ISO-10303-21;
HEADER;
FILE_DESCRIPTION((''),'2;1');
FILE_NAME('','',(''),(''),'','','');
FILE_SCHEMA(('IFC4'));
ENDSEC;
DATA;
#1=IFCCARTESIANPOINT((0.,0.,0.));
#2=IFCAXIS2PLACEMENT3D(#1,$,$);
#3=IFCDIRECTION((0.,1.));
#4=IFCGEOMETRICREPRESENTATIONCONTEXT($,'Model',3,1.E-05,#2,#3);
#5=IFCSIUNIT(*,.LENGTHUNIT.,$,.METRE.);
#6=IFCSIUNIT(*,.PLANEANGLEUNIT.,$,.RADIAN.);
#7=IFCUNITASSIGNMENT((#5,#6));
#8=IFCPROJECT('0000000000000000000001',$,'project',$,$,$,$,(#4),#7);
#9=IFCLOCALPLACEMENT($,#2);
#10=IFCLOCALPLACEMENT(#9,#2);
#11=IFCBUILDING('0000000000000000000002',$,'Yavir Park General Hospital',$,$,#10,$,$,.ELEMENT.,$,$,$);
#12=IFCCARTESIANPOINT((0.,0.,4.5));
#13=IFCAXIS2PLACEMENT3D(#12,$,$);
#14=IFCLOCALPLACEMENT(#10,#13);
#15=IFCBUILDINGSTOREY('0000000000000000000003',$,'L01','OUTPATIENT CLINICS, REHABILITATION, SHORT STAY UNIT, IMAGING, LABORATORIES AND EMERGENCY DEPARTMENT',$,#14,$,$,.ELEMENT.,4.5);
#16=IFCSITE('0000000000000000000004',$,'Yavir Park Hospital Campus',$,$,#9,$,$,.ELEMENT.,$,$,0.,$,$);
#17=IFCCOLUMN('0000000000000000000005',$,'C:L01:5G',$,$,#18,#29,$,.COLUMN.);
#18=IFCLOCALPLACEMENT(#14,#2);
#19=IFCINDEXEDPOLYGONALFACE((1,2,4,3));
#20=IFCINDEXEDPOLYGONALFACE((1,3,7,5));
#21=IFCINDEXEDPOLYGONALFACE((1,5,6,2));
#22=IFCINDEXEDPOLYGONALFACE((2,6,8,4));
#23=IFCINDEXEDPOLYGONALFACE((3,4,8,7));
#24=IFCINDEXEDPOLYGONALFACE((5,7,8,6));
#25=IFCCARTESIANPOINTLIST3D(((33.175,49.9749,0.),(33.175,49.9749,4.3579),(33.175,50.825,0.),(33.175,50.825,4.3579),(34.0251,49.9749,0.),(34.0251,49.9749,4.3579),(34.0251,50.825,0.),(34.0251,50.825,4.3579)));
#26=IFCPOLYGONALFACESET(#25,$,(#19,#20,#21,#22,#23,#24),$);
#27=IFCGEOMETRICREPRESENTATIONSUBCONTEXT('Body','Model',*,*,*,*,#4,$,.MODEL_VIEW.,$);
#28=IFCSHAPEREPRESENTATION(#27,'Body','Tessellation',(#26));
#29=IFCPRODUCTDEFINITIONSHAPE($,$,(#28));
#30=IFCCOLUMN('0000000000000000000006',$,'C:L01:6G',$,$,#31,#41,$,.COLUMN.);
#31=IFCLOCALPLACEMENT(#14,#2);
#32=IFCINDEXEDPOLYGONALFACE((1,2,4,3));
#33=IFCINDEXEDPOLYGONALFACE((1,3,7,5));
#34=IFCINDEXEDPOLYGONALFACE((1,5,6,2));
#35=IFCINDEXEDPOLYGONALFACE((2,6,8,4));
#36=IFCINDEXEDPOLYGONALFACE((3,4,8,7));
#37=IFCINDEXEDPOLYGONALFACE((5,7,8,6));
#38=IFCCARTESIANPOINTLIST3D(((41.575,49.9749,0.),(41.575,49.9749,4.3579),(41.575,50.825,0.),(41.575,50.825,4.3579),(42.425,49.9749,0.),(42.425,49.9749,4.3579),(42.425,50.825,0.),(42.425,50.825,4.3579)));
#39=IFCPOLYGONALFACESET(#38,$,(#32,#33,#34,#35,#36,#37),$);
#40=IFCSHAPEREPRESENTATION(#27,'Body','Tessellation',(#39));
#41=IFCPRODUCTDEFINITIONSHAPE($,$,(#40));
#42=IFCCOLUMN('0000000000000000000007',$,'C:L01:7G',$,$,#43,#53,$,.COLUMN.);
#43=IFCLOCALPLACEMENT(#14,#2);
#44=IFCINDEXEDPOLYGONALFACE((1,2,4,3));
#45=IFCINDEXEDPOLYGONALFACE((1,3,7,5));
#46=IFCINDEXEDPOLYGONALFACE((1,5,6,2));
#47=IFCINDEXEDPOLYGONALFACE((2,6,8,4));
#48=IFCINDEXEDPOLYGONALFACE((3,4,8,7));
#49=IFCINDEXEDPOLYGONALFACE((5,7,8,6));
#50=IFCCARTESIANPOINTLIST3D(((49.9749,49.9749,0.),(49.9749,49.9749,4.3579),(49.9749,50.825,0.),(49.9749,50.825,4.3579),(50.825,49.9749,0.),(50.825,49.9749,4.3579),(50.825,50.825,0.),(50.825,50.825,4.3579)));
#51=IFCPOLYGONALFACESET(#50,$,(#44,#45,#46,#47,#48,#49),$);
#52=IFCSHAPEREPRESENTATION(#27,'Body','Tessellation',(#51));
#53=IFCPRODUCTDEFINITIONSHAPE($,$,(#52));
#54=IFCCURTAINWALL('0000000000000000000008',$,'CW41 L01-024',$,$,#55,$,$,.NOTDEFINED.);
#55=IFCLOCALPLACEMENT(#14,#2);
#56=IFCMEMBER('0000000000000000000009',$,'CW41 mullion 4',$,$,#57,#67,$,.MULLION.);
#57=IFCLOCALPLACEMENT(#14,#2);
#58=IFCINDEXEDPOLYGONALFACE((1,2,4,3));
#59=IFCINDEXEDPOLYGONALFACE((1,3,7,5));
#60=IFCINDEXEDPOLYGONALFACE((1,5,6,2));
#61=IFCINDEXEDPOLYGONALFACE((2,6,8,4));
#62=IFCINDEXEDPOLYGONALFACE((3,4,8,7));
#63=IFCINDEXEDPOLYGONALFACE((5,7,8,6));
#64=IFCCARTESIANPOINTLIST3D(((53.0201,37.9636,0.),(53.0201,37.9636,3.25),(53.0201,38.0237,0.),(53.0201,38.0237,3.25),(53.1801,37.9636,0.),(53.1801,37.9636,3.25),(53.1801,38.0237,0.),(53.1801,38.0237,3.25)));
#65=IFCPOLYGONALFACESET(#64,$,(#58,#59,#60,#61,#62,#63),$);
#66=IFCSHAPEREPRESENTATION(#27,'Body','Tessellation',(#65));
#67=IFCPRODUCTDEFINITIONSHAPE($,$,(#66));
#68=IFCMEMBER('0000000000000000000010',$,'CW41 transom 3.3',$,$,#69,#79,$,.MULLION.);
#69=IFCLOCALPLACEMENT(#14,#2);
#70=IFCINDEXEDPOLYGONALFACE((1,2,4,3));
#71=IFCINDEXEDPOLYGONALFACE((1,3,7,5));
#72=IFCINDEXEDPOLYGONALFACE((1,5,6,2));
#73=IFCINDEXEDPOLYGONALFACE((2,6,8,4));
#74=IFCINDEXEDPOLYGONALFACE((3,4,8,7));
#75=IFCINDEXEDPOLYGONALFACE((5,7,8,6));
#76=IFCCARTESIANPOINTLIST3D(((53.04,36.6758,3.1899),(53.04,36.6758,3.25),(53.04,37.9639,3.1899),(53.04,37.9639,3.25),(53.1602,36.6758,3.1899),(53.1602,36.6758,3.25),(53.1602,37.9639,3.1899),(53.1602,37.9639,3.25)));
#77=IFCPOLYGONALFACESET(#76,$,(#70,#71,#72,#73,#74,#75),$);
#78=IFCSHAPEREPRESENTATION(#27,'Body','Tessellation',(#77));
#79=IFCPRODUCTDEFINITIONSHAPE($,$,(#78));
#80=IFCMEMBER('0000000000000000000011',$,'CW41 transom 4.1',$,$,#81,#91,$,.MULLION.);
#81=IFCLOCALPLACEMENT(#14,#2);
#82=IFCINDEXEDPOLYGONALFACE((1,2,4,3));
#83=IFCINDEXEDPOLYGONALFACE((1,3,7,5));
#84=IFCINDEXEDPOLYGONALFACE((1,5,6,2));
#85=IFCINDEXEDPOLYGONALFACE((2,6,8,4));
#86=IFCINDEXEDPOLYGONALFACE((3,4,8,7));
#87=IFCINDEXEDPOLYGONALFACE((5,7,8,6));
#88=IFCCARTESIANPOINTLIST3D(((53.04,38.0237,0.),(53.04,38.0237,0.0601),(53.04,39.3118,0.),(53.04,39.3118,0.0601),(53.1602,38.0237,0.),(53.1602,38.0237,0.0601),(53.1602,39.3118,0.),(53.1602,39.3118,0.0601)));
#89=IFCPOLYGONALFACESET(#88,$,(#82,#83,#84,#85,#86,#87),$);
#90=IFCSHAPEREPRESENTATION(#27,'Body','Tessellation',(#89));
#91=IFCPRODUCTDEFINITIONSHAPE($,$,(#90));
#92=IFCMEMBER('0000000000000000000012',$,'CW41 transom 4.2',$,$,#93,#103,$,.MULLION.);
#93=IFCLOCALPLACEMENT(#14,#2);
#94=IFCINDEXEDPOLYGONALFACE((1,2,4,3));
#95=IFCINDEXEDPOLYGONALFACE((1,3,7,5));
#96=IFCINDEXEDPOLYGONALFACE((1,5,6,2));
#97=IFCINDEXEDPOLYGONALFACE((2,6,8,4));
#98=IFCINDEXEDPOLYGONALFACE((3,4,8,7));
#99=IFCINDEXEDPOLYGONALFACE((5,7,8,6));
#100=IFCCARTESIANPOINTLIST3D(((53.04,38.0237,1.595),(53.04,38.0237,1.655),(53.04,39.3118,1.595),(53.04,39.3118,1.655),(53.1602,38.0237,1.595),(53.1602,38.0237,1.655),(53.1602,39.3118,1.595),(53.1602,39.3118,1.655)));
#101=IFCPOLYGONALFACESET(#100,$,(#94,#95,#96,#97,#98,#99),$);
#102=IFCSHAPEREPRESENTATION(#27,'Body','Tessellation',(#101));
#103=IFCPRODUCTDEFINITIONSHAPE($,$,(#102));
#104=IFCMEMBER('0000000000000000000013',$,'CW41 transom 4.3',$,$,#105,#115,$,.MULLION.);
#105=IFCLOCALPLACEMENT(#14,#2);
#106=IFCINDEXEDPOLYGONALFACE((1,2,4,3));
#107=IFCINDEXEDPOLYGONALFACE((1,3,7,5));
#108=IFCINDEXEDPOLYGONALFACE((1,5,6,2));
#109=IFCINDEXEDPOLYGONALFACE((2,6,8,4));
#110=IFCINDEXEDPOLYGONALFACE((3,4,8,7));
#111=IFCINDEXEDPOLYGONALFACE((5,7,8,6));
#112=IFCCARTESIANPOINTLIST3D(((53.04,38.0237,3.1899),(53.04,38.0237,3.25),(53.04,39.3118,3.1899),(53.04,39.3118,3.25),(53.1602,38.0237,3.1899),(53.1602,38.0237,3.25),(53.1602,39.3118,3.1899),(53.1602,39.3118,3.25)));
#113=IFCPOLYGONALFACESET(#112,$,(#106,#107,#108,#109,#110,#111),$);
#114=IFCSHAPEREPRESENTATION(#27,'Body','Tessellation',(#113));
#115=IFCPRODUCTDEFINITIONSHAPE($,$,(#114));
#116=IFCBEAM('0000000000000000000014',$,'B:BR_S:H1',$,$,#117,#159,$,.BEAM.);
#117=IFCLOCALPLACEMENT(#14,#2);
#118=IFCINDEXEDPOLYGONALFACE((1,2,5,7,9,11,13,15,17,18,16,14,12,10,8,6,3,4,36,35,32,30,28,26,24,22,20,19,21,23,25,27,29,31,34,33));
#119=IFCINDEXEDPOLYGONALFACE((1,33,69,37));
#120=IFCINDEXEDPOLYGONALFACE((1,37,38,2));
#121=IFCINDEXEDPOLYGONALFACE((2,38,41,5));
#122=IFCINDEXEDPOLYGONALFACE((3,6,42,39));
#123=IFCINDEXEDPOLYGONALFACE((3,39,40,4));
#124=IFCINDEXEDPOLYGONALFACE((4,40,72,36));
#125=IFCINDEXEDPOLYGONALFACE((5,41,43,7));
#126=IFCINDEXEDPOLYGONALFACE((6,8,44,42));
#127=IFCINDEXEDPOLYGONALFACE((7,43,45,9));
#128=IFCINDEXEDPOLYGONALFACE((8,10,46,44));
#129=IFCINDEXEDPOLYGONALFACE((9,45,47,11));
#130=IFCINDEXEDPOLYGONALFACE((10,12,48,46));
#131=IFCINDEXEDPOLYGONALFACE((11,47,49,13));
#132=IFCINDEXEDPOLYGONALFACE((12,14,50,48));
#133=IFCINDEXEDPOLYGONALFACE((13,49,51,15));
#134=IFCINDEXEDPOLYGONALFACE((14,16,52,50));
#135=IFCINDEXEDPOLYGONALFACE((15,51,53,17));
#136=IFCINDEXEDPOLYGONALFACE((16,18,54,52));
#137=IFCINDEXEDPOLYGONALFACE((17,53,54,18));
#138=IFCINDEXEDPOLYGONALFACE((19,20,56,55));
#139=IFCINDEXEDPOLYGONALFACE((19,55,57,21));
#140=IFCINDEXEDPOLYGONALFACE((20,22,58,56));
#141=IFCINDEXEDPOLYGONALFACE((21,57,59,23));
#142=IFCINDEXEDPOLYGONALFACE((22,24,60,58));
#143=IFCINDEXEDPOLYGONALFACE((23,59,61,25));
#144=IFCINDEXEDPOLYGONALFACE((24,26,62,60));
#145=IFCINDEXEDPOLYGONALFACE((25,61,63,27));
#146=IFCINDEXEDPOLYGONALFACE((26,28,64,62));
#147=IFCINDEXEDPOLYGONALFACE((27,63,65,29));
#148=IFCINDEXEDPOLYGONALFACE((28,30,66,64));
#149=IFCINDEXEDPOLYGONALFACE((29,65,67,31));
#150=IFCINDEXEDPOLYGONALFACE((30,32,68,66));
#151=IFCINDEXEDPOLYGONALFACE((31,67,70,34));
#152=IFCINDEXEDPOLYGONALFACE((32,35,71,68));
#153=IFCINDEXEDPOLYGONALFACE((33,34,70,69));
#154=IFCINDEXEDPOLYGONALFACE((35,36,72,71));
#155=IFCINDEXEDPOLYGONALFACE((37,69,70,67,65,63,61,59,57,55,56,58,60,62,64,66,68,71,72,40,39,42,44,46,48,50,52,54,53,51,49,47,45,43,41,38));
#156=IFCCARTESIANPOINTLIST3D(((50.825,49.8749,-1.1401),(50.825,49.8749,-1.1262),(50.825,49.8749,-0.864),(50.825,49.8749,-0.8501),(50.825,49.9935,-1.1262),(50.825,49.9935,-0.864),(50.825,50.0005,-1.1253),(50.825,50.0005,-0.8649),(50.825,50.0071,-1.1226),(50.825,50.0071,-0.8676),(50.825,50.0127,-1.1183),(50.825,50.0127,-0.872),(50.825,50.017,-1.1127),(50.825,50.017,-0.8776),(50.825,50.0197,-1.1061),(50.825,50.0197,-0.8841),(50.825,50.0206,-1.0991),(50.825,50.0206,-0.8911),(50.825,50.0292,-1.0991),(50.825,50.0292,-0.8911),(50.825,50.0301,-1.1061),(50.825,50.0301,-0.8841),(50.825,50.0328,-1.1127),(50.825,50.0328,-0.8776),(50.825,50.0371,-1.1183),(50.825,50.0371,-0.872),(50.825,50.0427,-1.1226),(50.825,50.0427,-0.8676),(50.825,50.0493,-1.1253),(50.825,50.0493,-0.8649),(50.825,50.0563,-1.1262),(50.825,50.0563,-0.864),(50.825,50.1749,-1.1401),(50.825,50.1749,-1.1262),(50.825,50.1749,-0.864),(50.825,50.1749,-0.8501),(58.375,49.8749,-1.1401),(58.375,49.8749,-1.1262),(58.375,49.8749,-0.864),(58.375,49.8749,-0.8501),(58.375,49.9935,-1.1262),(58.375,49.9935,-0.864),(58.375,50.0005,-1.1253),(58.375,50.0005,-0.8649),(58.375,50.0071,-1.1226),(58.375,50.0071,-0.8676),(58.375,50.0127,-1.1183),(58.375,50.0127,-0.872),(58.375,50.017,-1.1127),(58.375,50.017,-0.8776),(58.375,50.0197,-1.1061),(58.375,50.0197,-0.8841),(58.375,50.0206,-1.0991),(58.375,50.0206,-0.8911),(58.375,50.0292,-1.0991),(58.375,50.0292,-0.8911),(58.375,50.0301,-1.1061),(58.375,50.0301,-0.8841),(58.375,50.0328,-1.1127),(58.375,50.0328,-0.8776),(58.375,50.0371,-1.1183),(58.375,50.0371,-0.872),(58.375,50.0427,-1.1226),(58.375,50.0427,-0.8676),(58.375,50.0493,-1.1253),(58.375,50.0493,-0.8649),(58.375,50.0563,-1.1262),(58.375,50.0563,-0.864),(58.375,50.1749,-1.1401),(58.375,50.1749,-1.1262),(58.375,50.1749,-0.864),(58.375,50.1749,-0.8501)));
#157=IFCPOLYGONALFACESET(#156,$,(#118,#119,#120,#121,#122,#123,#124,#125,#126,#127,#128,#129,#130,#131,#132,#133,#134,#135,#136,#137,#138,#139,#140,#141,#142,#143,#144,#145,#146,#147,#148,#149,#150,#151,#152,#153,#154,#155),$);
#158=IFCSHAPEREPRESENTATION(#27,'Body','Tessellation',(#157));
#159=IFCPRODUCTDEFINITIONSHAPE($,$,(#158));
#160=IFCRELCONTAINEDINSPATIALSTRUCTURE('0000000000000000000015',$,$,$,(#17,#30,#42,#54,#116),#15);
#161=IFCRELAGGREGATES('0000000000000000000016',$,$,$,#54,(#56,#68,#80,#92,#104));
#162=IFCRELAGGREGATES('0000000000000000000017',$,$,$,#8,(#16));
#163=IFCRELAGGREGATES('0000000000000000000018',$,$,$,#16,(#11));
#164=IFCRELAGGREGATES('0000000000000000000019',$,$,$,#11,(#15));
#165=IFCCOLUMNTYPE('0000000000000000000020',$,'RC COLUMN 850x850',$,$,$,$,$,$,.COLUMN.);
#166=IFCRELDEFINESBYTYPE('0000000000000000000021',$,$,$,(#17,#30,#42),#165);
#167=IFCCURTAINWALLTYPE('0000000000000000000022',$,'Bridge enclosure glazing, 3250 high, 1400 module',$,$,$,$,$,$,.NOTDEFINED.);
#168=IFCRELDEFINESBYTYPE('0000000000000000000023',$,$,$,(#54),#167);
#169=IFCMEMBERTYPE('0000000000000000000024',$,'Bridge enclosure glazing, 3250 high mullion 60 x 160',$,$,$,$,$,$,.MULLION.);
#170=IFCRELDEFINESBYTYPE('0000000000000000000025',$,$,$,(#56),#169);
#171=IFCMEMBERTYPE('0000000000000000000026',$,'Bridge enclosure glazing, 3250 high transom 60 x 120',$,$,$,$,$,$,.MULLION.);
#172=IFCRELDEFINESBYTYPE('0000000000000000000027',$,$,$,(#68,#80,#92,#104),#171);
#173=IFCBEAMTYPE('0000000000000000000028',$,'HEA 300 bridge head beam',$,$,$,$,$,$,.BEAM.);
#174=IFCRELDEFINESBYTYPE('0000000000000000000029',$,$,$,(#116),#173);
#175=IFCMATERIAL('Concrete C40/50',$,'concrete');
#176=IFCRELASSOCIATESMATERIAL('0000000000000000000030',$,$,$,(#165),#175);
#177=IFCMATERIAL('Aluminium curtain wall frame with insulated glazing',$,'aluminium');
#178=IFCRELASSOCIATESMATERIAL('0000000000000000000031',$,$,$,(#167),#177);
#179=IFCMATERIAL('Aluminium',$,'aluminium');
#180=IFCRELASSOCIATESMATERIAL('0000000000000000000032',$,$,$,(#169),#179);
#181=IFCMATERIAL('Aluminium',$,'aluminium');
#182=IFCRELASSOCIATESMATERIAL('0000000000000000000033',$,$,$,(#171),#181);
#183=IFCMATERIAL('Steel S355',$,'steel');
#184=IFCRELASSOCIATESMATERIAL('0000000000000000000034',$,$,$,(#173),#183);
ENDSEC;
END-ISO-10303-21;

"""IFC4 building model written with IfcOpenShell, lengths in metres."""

from ifc_helpers import new_model, si_unit, direction, frame, origin, origin_2d, place, context, subcontext, project, spatial, rectangle, i_section, extrude, material, material_profile, profile_set, type_object, element, aggregate, save


model = new_model("IFC4")

# Units and contexts
model_context = context("Model", 3, precision=1e-05, world=origin(), true_north=direction((0.0, 1.0)))
body_context = subcontext(model_context, "Body", "Model", "MODEL_VIEW")
ifc_project = project(units=[si_unit("LENGTHUNIT", "METRE"), si_unit("PLANEANGLEUNIT", "RADIAN")], contexts=[model_context])

# Site, building, storey
site_placement = place(None, origin())
site = spatial("IfcSite", under=ifc_project, at=site_placement, Name="Yavir Park Hospital Campus", CompositionType="ELEMENT", RefElevation=0.0)
building_placement = place(site_placement, origin())
building = spatial("IfcBuilding", under=site, at=building_placement, Name="Yavir Park General Hospital", CompositionType="ELEMENT")
storey_placement = place(building_placement, frame((0.0, 0.0, 4.5)))
storey = spatial("IfcBuildingStorey", under=building, at=storey_placement, Name="L01", Description="OUTPATIENT CLINICS, REHABILITATION, SHORT STAY UNIT, IMAGING, LABORATORIES AND EMERGENCY DEPARTMENT", CompositionType="ELEMENT", Elevation=4.5)

# Columns
ifc_material_1 = material(Name="Concrete C40/50", Category="concrete")
ifc_material_profile_1 = material_profile(ifc_material_1, rectangle(XDim=0.8501, YDim=0.8501, at=origin_2d()), Name="RC850x850")
ifc_profile_set_1 = profile_set([ifc_material_profile_1], Name="Concrete C40/50")
column_type = type_object("IfcColumnType", Name="RC COLUMN 850x850", PredefinedType="COLUMN", material=ifc_profile_set_1)
for number, where, z_axis, x_axis, name in (
    (1, (33.6001, 50.3999, 0.0), (0.0, 0.0, 1.0), (1.0, 0.0, 0.0), "C:L01:5G"),
    (2, (42.0, 50.3999, 0.0), (0.0, 0.0, 1.0), (1.0, 0.0, 0.0), "C:L01:6G"),
    (3, (50.3999, 50.3999, 0.0), (0.0, 0.0, 1.0), (1.0, 0.0, 0.0), "C:L01:7G"),
):
    element("IfcColumn", number, at=place(storey_placement, frame(where, z_axis=z_axis, x_axis=x_axis)), inside=storey, type_object=column_type, Name=name, PredefinedType="COLUMN", context=body_context, shape_type="SweptSolid", body=[
        extrude(rectangle(XDim=0.8501, YDim=0.8501, at=origin_2d()), origin(), (0.0, 0.0, 1.0), 4.3579),
    ])

# Curtain wall, members
ifc_material_2 = material(Name="Aluminium curtain wall frame with insulated glazing", Category="aluminium")
curtain_wall_type = type_object("IfcCurtainWallType", Name="Bridge enclosure glazing, 3250 high, 1400 module", PredefinedType="NOTDEFINED", material=ifc_material_2)
curtain_wall_placement = place(storey_placement, origin())
curtain_wall = element("IfcCurtainWall", 4, at=curtain_wall_placement, inside=storey, type_object=curtain_wall_type, Name="CW41 L01-024", PredefinedType="NOTDEFINED")
ifc_material_3 = material(Name="Aluminium", Category="aluminium")
ifc_material_profile_2 = material_profile(ifc_material_3, rectangle(XDim=0.1599, YDim=0.0601, at=origin_2d()), Name="AL 60x160")
ifc_profile_set_2 = profile_set([ifc_material_profile_2], Name="Aluminium")
member_type_1 = type_object("IfcMemberType", Name="Bridge enclosure glazing, 3250 high mullion 60 x 160", PredefinedType="MULLION", material=ifc_profile_set_2)
member_1_placement = place(storey_placement, frame((53.1001, 37.9937, 0.0), z_axis=(0.0, 0.0, 1.0), x_axis=(-1.0, 0.0, 0.0)))
member_1 = element("IfcMember", 5, at=member_1_placement, type_object=member_type_1, Name="CW41 mullion 4", PredefinedType="MULLION", context=body_context, shape_type="SweptSolid", body=[
    extrude(rectangle(XDim=0.1599, YDim=0.0601, at=origin_2d()), origin(), (0.0, 0.0, 1.0), 3.25),
])
ifc_material_4 = material(Name="Aluminium", Category="aluminium")
ifc_material_profile_3 = material_profile(ifc_material_4, rectangle(XDim=0.1201, YDim=0.0601, at=origin_2d()), Name="AL 120x60")
ifc_profile_set_3 = profile_set([ifc_material_profile_3], Name="Aluminium")
member_type_2 = type_object("IfcMemberType", Name="Bridge enclosure glazing, 3250 high transom 60 x 120", PredefinedType="MULLION", material=ifc_profile_set_3)
member_2_placement = place(storey_placement, frame((53.1001, 36.6758, 3.22), z_axis=(0.0, 1.0, 0.0), x_axis=(-1.0, 0.0, 0.0)))
member_2 = element("IfcMember", 6, at=member_2_placement, type_object=member_type_2, Name="CW41 transom 3.3", PredefinedType="MULLION", context=body_context, shape_type="SweptSolid", body=[
    extrude(rectangle(XDim=0.1201, YDim=0.0601, at=origin_2d()), origin(), (0.0, 0.0, 1.0), 1.2881),
])
member_3_placement = place(storey_placement, frame((53.1001, 38.0237, 0.03), z_axis=(0.0, 1.0, 0.0), x_axis=(-1.0, 0.0, 0.0)))
member_3 = element("IfcMember", 7, at=member_3_placement, type_object=member_type_2, Name="CW41 transom 4.1", PredefinedType="MULLION", context=body_context, shape_type="SweptSolid", body=[
    extrude(rectangle(XDim=0.1201, YDim=0.0601, at=origin_2d()), origin(), (0.0, 0.0, 1.0), 1.2881),
])
member_4_placement = place(storey_placement, frame((53.1001, 38.0237, 1.625), z_axis=(0.0, 1.0, 0.0), x_axis=(-1.0, 0.0, 0.0)))
member_4 = element("IfcMember", 8, at=member_4_placement, type_object=member_type_2, Name="CW41 transom 4.2", PredefinedType="MULLION", context=body_context, shape_type="SweptSolid", body=[
    extrude(rectangle(XDim=0.1201, YDim=0.0601, at=origin_2d()), origin(), (0.0, 0.0, 1.0), 1.2881),
])
member_5_placement = place(storey_placement, frame((53.1001, 38.0237, 3.22), z_axis=(0.0, 1.0, 0.0), x_axis=(-1.0, 0.0, 0.0)))
member_5 = element("IfcMember", 9, at=member_5_placement, type_object=member_type_2, Name="CW41 transom 4.3", PredefinedType="MULLION", context=body_context, shape_type="SweptSolid", body=[
    extrude(rectangle(XDim=0.1201, YDim=0.0601, at=origin_2d()), origin(), (0.0, 0.0, 1.0), 1.2881),
])

# Beam
ifc_material_5 = material(Name="Steel S355", Category="steel")
ifc_material_profile_4 = material_profile(ifc_material_5, i_section(OverallWidth=0.3, OverallDepth=0.29, WebThickness=0.0085, FlangeThickness=0.0139, FilletRadius=0.0271, at=origin_2d()), Name="HEA300")
ifc_profile_set_4 = profile_set([ifc_material_profile_4], Name="Steel S355")
beam_type_1 = type_object("IfcBeamType", Name="HEA 300 bridge head beam", PredefinedType="BEAM", material=ifc_profile_set_4)
beam_placement = place(storey_placement, frame((50.825, 50.0249, -0.9951), z_axis=(1.0, 0.0, 0.0), x_axis=(0.0, 1.0, 0.0)))
element("IfcBeam", 10, at=beam_placement, inside=storey, type_object=beam_type_1, Name="B:BR_S:H1", PredefinedType="BEAM", context=body_context, shape_type="SweptSolid", body=[
    extrude(i_section(OverallWidth=0.3, OverallDepth=0.29, WebThickness=0.0085, FlangeThickness=0.0139, FilletRadius=0.0271, at=origin_2d()), origin(), (0.0, 0.0, 1.0), 7.55),
])

aggregate(curtain_wall, [member_1, member_2, member_3, member_4, member_5])

save(model, "model.ifc")
